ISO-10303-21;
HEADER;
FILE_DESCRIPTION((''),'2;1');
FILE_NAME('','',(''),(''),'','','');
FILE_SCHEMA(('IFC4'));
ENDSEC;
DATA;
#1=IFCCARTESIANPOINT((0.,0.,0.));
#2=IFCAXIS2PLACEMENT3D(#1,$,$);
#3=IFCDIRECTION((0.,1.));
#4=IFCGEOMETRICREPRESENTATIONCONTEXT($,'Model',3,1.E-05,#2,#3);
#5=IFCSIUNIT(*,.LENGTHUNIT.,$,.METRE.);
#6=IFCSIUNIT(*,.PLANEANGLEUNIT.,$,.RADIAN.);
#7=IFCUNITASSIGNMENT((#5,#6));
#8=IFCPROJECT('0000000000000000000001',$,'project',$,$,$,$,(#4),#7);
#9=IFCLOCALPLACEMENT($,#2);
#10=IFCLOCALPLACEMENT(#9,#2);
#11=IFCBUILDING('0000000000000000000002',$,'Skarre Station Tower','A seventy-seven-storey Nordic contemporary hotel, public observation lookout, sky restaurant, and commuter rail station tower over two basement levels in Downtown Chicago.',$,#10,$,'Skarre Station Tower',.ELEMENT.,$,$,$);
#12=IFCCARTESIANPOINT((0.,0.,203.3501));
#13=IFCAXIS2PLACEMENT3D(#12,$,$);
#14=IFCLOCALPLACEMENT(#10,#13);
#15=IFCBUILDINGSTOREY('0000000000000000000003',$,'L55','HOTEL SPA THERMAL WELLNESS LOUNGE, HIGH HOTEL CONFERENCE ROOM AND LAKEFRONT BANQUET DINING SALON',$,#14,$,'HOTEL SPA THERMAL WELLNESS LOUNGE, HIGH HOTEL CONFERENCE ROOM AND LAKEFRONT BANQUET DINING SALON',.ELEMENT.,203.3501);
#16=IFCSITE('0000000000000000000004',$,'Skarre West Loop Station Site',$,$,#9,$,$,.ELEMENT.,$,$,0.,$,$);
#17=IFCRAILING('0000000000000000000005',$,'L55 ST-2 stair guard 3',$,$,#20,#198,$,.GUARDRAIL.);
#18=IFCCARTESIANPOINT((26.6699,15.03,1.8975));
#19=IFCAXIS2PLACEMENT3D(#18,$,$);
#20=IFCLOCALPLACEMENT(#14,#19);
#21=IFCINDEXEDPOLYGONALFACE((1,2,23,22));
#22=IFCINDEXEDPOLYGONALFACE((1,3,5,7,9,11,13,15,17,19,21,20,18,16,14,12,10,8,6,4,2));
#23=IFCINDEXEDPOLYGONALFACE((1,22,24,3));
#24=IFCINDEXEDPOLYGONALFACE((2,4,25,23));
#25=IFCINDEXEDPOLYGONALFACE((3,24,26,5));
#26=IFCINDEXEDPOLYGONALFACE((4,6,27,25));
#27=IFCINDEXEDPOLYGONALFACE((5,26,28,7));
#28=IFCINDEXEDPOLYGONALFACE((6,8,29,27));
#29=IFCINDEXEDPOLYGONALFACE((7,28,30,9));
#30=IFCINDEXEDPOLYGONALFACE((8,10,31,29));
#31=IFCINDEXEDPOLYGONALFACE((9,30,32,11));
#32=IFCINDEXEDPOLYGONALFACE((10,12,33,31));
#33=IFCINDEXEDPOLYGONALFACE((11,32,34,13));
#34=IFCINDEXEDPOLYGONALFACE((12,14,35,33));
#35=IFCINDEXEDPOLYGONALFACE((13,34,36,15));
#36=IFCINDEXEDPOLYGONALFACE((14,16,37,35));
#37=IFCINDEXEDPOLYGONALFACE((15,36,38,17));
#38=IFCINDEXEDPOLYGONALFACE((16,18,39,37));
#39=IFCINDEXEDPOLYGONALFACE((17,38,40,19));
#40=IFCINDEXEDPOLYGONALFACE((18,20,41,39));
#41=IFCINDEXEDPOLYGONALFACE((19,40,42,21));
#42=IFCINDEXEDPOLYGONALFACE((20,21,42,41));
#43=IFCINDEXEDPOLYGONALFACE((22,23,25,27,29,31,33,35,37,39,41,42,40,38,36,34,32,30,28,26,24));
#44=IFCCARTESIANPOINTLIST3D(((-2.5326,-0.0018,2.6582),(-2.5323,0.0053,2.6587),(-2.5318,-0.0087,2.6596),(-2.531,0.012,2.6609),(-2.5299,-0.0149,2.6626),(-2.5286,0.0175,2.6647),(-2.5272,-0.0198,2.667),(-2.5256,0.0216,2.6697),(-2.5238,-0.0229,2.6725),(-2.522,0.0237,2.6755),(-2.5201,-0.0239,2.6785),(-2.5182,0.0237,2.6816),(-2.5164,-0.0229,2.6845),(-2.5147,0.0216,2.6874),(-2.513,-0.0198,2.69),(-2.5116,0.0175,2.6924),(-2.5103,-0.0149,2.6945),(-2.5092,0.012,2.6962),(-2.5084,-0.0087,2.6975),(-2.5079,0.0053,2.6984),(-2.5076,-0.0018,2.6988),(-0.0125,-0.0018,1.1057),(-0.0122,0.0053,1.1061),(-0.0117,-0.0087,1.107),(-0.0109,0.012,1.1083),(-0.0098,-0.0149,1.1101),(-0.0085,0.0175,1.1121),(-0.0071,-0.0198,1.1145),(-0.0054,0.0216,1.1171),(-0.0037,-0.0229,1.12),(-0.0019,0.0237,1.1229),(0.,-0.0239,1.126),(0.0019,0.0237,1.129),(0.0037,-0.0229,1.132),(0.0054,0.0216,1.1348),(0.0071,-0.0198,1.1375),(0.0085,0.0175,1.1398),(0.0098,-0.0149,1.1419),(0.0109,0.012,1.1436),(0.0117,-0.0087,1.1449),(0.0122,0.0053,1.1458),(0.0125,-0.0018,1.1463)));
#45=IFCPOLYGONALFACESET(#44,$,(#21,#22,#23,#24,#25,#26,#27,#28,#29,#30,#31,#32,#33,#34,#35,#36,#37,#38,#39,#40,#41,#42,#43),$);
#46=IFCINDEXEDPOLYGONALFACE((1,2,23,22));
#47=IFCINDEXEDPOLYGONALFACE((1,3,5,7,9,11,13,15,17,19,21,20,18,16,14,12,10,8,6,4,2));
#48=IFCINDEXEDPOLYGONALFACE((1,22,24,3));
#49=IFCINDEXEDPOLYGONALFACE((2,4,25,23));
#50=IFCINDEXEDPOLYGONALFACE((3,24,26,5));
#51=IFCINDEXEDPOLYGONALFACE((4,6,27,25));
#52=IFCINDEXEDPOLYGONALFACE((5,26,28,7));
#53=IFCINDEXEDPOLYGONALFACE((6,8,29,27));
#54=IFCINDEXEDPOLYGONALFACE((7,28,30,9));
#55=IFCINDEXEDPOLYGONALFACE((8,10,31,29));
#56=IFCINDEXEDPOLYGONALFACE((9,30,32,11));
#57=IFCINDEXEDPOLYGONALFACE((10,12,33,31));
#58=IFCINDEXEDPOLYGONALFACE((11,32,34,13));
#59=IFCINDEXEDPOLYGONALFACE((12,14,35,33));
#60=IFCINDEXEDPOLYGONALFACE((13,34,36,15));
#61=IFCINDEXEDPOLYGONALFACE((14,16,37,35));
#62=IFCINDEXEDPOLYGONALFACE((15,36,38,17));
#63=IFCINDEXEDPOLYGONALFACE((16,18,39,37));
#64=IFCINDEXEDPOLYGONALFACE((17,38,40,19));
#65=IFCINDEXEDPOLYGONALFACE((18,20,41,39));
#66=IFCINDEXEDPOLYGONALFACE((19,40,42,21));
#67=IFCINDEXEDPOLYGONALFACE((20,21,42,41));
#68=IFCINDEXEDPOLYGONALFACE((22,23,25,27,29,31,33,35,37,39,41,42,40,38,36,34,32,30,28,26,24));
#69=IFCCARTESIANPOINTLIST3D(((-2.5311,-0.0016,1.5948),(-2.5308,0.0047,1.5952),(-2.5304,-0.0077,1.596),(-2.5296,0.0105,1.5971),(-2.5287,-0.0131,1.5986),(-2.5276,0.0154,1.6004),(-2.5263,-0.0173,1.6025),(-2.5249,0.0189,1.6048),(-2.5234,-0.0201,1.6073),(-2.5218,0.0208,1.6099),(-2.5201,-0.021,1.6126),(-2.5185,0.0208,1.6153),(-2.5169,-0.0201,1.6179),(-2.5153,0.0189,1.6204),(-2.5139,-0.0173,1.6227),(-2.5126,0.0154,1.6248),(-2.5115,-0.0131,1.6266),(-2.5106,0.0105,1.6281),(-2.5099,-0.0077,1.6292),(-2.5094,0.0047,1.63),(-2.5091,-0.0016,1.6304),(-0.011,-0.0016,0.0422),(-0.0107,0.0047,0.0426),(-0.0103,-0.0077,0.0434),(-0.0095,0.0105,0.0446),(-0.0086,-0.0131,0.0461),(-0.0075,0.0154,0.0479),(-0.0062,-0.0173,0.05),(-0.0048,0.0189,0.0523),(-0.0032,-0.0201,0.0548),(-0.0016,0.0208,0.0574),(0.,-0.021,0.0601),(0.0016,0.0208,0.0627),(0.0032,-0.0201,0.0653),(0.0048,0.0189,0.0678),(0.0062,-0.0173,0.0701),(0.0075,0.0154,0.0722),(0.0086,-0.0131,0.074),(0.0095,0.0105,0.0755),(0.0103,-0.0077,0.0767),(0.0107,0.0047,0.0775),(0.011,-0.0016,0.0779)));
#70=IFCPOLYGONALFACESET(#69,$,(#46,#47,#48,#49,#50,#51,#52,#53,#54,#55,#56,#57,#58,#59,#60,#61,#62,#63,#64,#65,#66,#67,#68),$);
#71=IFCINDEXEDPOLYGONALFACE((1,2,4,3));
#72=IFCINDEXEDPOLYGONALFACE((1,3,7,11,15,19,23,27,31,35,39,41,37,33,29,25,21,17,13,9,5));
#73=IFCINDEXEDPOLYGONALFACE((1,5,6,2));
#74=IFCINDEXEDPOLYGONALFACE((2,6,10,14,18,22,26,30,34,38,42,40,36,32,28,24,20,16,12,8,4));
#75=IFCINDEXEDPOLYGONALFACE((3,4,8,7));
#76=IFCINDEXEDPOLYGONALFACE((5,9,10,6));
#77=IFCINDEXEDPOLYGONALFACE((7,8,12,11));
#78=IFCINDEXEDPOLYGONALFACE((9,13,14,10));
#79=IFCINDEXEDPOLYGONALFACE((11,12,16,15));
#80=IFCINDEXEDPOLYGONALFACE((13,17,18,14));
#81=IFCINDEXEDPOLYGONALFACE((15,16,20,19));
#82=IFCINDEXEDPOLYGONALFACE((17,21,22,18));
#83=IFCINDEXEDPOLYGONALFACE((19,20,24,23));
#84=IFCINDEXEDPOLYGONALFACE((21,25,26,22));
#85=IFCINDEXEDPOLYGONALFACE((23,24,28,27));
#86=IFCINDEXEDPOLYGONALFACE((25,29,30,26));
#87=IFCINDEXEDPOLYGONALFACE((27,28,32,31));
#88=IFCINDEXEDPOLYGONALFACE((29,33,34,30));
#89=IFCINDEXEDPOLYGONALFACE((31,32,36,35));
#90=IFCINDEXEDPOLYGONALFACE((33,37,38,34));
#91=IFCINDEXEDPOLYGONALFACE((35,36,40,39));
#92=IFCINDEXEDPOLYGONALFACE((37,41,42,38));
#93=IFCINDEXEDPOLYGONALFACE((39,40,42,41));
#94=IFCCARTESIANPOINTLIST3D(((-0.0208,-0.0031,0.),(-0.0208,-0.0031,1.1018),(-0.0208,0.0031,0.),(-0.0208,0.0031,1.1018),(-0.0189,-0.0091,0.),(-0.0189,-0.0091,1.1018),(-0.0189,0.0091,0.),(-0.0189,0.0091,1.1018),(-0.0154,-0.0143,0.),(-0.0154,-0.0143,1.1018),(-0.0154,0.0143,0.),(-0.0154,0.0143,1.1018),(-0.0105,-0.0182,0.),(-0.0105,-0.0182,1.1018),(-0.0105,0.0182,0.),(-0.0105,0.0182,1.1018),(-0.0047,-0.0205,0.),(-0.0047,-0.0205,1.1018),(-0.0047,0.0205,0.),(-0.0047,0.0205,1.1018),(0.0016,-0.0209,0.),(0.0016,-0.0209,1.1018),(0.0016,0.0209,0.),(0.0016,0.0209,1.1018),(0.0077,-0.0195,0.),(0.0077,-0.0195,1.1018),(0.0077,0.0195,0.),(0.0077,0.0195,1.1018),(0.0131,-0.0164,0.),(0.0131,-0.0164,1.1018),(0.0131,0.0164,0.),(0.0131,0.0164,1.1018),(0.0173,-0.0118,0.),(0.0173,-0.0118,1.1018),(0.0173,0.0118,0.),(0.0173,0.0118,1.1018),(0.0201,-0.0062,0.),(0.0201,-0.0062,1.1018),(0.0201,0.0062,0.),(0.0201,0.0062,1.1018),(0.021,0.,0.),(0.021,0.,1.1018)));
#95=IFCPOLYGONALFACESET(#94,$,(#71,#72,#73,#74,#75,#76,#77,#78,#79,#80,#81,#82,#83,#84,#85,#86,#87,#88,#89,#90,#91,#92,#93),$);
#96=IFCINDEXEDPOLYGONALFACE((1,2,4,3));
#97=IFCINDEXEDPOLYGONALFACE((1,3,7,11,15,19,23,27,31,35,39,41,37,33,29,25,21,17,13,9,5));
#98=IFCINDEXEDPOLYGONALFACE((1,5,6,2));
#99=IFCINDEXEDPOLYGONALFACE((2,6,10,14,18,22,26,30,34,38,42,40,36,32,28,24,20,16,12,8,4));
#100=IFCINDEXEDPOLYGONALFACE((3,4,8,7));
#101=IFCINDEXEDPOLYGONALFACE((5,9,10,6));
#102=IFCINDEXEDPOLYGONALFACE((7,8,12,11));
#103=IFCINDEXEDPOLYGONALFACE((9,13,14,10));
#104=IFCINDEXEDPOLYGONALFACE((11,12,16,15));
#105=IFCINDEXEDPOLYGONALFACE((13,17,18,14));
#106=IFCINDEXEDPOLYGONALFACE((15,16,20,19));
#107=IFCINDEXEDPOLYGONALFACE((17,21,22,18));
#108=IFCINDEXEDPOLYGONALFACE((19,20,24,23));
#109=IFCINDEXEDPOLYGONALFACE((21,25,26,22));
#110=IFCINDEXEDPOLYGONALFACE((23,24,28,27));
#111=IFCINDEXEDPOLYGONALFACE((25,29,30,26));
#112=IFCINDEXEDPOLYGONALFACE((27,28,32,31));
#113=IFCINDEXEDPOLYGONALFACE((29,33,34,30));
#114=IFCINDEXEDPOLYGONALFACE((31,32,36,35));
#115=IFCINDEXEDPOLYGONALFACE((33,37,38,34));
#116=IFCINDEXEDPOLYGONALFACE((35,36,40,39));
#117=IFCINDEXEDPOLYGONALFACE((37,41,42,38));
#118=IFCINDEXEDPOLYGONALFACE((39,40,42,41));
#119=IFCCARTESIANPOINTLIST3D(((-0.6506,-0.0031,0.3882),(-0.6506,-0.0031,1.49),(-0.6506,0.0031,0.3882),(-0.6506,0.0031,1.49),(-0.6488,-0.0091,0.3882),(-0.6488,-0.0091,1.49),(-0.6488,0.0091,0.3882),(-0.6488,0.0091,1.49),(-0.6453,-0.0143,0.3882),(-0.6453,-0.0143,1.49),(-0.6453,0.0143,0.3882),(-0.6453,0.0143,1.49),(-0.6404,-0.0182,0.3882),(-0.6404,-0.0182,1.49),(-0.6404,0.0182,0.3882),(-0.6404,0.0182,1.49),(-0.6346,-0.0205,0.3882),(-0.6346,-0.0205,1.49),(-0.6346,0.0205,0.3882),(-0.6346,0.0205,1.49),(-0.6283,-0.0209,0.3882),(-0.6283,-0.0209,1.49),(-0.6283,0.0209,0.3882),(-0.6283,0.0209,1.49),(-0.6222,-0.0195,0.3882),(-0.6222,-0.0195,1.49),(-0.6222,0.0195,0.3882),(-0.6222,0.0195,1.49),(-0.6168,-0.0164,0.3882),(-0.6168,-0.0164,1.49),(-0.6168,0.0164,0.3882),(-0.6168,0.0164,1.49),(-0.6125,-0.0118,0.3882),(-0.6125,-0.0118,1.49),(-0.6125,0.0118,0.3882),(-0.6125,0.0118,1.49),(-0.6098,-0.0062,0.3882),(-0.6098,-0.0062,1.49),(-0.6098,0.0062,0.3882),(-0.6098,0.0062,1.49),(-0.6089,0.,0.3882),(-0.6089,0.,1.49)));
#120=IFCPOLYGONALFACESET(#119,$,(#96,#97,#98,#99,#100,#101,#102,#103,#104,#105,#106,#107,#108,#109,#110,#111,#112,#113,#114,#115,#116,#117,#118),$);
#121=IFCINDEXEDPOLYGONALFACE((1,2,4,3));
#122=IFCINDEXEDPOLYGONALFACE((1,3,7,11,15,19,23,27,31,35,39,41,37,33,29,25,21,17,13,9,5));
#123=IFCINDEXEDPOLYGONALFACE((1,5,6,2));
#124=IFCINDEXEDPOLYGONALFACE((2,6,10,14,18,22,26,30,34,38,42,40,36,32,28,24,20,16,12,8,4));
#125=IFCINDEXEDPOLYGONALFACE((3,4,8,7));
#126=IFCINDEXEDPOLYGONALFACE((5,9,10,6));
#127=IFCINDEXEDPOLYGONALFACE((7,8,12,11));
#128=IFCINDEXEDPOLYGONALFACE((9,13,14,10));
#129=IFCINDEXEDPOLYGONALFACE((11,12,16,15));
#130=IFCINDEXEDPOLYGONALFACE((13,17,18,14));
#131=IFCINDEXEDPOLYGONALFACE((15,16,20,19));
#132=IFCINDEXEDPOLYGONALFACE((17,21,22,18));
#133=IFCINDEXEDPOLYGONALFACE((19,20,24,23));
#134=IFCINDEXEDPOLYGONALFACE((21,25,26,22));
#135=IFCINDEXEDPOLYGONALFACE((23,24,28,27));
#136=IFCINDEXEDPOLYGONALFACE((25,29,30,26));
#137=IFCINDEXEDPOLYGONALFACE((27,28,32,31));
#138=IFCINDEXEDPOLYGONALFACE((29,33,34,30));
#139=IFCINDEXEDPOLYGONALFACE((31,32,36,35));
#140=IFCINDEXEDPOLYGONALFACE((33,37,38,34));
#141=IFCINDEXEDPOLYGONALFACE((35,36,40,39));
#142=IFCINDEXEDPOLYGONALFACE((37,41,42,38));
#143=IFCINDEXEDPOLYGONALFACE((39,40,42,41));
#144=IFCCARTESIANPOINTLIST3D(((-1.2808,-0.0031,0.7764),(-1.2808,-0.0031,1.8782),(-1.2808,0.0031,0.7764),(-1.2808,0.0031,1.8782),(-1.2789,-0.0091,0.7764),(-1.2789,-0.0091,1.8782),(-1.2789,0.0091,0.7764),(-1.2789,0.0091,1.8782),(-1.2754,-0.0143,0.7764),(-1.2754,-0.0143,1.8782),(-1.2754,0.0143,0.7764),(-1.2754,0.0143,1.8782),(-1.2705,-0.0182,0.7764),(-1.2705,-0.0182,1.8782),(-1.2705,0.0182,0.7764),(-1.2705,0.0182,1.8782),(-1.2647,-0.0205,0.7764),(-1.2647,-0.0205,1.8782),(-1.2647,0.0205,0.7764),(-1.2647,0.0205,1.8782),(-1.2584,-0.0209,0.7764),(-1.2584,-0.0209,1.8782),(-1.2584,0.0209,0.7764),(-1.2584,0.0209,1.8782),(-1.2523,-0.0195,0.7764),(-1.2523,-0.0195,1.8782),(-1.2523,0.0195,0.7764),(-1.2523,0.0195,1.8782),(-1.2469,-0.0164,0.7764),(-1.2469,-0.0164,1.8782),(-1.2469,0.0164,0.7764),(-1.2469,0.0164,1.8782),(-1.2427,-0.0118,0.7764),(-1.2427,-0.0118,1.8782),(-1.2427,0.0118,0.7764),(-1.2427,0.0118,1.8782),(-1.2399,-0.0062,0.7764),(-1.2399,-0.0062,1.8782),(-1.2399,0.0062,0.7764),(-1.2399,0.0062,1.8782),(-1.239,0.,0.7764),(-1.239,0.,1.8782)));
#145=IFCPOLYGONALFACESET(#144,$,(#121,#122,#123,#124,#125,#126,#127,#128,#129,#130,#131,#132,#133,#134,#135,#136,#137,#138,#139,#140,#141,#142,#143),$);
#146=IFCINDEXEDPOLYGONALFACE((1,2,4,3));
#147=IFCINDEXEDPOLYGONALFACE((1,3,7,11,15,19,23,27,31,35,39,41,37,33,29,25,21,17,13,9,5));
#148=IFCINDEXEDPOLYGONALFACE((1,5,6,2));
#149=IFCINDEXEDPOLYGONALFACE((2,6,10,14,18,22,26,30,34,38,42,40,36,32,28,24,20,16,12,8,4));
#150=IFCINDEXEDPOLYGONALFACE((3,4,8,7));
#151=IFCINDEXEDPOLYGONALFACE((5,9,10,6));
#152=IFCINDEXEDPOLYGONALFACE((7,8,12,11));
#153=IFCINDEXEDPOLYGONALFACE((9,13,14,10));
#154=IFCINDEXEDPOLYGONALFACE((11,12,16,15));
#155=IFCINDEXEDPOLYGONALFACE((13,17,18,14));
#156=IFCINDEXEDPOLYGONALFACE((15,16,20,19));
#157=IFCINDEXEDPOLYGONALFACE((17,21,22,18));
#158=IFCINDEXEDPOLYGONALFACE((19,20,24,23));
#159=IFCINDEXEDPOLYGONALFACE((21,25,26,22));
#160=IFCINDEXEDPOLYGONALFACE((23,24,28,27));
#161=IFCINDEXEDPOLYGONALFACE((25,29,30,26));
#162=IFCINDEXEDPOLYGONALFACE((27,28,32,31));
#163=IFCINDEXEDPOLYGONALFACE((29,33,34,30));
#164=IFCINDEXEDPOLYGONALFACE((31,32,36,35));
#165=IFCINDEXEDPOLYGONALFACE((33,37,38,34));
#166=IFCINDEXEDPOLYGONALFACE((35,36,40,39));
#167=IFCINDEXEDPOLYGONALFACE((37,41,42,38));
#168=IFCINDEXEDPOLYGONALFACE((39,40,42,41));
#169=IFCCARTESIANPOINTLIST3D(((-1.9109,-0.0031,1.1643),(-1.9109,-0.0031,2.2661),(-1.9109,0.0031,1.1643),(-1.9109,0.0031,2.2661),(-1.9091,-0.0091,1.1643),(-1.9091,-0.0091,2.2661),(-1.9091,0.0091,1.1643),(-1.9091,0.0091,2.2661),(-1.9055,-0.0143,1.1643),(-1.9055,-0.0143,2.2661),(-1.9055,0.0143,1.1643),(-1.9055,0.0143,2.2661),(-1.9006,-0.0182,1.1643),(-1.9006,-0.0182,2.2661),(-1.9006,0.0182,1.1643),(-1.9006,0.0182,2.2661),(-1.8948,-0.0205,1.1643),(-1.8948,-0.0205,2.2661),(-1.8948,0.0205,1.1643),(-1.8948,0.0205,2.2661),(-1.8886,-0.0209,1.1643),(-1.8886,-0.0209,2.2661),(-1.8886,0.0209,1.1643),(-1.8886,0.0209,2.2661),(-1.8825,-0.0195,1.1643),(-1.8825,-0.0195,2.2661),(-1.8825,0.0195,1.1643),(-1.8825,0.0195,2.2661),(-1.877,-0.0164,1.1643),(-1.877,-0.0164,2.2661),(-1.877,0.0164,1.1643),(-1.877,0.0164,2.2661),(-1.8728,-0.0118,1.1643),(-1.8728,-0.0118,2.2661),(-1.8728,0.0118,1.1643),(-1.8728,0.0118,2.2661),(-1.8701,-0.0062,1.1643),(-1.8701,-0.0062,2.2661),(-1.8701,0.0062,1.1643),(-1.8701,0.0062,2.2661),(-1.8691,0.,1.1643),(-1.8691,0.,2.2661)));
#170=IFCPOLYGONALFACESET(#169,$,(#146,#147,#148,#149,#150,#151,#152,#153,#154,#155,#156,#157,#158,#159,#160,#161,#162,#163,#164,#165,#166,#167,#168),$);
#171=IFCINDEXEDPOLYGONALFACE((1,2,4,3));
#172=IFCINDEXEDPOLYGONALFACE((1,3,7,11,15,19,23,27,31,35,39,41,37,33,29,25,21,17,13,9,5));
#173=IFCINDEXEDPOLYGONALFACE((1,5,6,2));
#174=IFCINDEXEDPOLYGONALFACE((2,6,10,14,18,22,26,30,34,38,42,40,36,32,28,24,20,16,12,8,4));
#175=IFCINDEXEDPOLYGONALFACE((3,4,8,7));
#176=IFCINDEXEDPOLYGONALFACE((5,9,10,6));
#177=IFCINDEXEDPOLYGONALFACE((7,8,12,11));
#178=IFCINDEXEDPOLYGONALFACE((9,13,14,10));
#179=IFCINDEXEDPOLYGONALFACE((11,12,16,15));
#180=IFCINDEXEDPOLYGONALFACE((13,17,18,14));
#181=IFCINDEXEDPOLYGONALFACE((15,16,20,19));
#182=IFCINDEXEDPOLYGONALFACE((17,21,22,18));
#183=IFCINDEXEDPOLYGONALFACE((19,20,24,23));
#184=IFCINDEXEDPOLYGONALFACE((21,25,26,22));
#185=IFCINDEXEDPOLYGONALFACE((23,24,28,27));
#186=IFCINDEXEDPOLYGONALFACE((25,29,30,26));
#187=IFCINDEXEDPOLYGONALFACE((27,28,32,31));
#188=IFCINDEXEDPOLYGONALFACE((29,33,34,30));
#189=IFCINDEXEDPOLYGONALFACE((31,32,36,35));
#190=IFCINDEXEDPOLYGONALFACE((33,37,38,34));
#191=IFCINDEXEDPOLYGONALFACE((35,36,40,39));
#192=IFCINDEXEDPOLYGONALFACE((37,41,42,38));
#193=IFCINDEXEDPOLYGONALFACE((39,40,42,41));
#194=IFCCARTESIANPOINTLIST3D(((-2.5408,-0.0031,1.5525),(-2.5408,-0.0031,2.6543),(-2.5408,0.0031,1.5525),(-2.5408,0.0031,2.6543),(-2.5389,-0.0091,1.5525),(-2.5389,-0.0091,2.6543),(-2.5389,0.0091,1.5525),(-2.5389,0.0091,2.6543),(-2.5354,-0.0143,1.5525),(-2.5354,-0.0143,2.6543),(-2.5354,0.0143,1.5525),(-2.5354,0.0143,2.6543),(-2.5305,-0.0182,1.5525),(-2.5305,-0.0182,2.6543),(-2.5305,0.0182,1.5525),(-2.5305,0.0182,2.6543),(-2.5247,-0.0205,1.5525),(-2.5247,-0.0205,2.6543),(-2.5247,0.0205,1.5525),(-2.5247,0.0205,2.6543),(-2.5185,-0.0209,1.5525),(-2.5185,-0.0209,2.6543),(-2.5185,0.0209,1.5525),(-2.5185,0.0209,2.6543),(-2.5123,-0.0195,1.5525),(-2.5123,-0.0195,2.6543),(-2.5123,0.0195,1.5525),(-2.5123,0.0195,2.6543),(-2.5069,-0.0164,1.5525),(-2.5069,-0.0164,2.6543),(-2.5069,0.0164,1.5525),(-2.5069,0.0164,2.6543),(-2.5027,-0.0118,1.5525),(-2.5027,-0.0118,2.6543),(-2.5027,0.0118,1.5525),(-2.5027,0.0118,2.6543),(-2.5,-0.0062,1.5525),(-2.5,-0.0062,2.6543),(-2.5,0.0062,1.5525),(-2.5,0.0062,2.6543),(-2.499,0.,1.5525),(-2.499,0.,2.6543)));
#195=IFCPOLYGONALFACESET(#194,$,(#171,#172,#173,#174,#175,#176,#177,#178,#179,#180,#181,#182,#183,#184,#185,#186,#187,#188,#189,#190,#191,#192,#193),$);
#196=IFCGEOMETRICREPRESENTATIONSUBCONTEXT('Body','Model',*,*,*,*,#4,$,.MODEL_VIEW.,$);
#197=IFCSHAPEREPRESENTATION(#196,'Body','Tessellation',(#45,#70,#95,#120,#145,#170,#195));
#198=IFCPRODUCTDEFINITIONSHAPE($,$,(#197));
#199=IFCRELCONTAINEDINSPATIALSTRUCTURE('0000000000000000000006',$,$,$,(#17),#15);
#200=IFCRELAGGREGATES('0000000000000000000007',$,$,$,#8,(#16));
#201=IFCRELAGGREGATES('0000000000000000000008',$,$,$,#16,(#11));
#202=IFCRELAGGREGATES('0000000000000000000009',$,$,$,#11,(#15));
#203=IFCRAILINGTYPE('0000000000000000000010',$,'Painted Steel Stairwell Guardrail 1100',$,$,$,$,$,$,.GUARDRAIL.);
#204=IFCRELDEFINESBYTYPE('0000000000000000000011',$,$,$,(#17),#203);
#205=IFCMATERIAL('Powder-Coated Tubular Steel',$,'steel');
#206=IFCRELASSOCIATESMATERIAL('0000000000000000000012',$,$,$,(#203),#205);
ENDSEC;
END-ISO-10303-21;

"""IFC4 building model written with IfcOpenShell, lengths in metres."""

from ifc_helpers import new_model, si_unit, direction, frame, origin, origin_2d, place, context, subcontext, project, spatial, circle, extrude, material, type_object, element, save


model = new_model("IFC4")

# Units and contexts
model_context = context("Model", 3, precision=1e-05, world=origin(), true_north=direction((0.0, 1.0)))
body_context = subcontext(model_context, "Body", "Model", "MODEL_VIEW")
ifc_project = project(units=[si_unit("LENGTHUNIT", "METRE"), si_unit("PLANEANGLEUNIT", "RADIAN")], contexts=[model_context])

# Site, building, storey
site_placement = place(None, origin())
site = spatial("IfcSite", under=ifc_project, at=site_placement, Name="Skarre West Loop Station Site", CompositionType="ELEMENT", RefElevation=0.0)
building_placement = place(site_placement, origin())
building = spatial("IfcBuilding", under=site, at=building_placement, Name="Skarre Station Tower", Description="A seventy-seven-storey Nordic contemporary hotel, public observation lookout, sky restaurant, and commuter rail station tower over two basement levels in Downtown Chicago.", LongName="Skarre Station Tower", CompositionType="ELEMENT")
storey_placement = place(building_placement, frame((0.0, 0.0, 203.3501)))
storey = spatial("IfcBuildingStorey", under=building, at=storey_placement, Name="L55", Description="HOTEL SPA THERMAL WELLNESS LOUNGE, HIGH HOTEL CONFERENCE ROOM AND LAKEFRONT BANQUET DINING SALON", LongName="HOTEL SPA THERMAL WELLNESS LOUNGE, HIGH HOTEL CONFERENCE ROOM AND LAKEFRONT BANQUET DINING SALON", CompositionType="ELEMENT", Elevation=203.3501)

# Railing
ifc_material_1 = material(Name="Powder-Coated Tubular Steel", Category="steel")
railing_type_1 = type_object("IfcRailingType", Name="Painted Steel Stairwell Guardrail 1100", PredefinedType="GUARDRAIL", material=ifc_material_1)
railing_1_placement = place(storey_placement, frame((26.6699, 15.03, 1.8975)))
element("IfcRailing", 1, at=railing_1_placement, inside=storey, type_object=railing_type_1, Name="L55 ST-2 stair guard 3", PredefinedType="GUARDRAIL", context=body_context, shape_type="SweptSolid", body=[
    extrude(circle(Radius=0.0239, at=origin_2d()), frame((0.0, 0.0, 1.126), z_axis=(-0.8514, 0.0, 0.524516), x_axis=(0.0, -1.0, 0.0)), (0.0, 0.0, 1.0), 2.96),
    extrude(circle(Radius=0.021, at=origin_2d()), frame((0.0, 0.0, 0.0601), z_axis=(-0.8514, 0.0, 0.524516), x_axis=(0.0, -1.0, 0.0)), (0.0, 0.0, 1.0), 2.96),
    extrude(circle(Radius=0.021, at=origin_2d()), origin(), (0.0, 0.0, 1.0), 1.1018),
    extrude(circle(Radius=0.021, at=origin_2d()), frame((-0.6299, 0.0, 0.3882)), (0.0, 0.0, 1.0), 1.1018),
    extrude(circle(Radius=0.021, at=origin_2d()), frame((-1.26, 0.0, 0.7764)), (0.0, 0.0, 1.0), 1.1018),
    extrude(circle(Radius=0.021, at=origin_2d()), frame((-1.8901, 0.0, 1.1643)), (0.0, 0.0, 1.0), 1.1018),
    extrude(circle(Radius=0.021, at=origin_2d()), frame((-2.52, 0.0, 1.5525)), (0.0, 0.0, 1.0), 1.1018),
])

save(model, "model.ifc")
